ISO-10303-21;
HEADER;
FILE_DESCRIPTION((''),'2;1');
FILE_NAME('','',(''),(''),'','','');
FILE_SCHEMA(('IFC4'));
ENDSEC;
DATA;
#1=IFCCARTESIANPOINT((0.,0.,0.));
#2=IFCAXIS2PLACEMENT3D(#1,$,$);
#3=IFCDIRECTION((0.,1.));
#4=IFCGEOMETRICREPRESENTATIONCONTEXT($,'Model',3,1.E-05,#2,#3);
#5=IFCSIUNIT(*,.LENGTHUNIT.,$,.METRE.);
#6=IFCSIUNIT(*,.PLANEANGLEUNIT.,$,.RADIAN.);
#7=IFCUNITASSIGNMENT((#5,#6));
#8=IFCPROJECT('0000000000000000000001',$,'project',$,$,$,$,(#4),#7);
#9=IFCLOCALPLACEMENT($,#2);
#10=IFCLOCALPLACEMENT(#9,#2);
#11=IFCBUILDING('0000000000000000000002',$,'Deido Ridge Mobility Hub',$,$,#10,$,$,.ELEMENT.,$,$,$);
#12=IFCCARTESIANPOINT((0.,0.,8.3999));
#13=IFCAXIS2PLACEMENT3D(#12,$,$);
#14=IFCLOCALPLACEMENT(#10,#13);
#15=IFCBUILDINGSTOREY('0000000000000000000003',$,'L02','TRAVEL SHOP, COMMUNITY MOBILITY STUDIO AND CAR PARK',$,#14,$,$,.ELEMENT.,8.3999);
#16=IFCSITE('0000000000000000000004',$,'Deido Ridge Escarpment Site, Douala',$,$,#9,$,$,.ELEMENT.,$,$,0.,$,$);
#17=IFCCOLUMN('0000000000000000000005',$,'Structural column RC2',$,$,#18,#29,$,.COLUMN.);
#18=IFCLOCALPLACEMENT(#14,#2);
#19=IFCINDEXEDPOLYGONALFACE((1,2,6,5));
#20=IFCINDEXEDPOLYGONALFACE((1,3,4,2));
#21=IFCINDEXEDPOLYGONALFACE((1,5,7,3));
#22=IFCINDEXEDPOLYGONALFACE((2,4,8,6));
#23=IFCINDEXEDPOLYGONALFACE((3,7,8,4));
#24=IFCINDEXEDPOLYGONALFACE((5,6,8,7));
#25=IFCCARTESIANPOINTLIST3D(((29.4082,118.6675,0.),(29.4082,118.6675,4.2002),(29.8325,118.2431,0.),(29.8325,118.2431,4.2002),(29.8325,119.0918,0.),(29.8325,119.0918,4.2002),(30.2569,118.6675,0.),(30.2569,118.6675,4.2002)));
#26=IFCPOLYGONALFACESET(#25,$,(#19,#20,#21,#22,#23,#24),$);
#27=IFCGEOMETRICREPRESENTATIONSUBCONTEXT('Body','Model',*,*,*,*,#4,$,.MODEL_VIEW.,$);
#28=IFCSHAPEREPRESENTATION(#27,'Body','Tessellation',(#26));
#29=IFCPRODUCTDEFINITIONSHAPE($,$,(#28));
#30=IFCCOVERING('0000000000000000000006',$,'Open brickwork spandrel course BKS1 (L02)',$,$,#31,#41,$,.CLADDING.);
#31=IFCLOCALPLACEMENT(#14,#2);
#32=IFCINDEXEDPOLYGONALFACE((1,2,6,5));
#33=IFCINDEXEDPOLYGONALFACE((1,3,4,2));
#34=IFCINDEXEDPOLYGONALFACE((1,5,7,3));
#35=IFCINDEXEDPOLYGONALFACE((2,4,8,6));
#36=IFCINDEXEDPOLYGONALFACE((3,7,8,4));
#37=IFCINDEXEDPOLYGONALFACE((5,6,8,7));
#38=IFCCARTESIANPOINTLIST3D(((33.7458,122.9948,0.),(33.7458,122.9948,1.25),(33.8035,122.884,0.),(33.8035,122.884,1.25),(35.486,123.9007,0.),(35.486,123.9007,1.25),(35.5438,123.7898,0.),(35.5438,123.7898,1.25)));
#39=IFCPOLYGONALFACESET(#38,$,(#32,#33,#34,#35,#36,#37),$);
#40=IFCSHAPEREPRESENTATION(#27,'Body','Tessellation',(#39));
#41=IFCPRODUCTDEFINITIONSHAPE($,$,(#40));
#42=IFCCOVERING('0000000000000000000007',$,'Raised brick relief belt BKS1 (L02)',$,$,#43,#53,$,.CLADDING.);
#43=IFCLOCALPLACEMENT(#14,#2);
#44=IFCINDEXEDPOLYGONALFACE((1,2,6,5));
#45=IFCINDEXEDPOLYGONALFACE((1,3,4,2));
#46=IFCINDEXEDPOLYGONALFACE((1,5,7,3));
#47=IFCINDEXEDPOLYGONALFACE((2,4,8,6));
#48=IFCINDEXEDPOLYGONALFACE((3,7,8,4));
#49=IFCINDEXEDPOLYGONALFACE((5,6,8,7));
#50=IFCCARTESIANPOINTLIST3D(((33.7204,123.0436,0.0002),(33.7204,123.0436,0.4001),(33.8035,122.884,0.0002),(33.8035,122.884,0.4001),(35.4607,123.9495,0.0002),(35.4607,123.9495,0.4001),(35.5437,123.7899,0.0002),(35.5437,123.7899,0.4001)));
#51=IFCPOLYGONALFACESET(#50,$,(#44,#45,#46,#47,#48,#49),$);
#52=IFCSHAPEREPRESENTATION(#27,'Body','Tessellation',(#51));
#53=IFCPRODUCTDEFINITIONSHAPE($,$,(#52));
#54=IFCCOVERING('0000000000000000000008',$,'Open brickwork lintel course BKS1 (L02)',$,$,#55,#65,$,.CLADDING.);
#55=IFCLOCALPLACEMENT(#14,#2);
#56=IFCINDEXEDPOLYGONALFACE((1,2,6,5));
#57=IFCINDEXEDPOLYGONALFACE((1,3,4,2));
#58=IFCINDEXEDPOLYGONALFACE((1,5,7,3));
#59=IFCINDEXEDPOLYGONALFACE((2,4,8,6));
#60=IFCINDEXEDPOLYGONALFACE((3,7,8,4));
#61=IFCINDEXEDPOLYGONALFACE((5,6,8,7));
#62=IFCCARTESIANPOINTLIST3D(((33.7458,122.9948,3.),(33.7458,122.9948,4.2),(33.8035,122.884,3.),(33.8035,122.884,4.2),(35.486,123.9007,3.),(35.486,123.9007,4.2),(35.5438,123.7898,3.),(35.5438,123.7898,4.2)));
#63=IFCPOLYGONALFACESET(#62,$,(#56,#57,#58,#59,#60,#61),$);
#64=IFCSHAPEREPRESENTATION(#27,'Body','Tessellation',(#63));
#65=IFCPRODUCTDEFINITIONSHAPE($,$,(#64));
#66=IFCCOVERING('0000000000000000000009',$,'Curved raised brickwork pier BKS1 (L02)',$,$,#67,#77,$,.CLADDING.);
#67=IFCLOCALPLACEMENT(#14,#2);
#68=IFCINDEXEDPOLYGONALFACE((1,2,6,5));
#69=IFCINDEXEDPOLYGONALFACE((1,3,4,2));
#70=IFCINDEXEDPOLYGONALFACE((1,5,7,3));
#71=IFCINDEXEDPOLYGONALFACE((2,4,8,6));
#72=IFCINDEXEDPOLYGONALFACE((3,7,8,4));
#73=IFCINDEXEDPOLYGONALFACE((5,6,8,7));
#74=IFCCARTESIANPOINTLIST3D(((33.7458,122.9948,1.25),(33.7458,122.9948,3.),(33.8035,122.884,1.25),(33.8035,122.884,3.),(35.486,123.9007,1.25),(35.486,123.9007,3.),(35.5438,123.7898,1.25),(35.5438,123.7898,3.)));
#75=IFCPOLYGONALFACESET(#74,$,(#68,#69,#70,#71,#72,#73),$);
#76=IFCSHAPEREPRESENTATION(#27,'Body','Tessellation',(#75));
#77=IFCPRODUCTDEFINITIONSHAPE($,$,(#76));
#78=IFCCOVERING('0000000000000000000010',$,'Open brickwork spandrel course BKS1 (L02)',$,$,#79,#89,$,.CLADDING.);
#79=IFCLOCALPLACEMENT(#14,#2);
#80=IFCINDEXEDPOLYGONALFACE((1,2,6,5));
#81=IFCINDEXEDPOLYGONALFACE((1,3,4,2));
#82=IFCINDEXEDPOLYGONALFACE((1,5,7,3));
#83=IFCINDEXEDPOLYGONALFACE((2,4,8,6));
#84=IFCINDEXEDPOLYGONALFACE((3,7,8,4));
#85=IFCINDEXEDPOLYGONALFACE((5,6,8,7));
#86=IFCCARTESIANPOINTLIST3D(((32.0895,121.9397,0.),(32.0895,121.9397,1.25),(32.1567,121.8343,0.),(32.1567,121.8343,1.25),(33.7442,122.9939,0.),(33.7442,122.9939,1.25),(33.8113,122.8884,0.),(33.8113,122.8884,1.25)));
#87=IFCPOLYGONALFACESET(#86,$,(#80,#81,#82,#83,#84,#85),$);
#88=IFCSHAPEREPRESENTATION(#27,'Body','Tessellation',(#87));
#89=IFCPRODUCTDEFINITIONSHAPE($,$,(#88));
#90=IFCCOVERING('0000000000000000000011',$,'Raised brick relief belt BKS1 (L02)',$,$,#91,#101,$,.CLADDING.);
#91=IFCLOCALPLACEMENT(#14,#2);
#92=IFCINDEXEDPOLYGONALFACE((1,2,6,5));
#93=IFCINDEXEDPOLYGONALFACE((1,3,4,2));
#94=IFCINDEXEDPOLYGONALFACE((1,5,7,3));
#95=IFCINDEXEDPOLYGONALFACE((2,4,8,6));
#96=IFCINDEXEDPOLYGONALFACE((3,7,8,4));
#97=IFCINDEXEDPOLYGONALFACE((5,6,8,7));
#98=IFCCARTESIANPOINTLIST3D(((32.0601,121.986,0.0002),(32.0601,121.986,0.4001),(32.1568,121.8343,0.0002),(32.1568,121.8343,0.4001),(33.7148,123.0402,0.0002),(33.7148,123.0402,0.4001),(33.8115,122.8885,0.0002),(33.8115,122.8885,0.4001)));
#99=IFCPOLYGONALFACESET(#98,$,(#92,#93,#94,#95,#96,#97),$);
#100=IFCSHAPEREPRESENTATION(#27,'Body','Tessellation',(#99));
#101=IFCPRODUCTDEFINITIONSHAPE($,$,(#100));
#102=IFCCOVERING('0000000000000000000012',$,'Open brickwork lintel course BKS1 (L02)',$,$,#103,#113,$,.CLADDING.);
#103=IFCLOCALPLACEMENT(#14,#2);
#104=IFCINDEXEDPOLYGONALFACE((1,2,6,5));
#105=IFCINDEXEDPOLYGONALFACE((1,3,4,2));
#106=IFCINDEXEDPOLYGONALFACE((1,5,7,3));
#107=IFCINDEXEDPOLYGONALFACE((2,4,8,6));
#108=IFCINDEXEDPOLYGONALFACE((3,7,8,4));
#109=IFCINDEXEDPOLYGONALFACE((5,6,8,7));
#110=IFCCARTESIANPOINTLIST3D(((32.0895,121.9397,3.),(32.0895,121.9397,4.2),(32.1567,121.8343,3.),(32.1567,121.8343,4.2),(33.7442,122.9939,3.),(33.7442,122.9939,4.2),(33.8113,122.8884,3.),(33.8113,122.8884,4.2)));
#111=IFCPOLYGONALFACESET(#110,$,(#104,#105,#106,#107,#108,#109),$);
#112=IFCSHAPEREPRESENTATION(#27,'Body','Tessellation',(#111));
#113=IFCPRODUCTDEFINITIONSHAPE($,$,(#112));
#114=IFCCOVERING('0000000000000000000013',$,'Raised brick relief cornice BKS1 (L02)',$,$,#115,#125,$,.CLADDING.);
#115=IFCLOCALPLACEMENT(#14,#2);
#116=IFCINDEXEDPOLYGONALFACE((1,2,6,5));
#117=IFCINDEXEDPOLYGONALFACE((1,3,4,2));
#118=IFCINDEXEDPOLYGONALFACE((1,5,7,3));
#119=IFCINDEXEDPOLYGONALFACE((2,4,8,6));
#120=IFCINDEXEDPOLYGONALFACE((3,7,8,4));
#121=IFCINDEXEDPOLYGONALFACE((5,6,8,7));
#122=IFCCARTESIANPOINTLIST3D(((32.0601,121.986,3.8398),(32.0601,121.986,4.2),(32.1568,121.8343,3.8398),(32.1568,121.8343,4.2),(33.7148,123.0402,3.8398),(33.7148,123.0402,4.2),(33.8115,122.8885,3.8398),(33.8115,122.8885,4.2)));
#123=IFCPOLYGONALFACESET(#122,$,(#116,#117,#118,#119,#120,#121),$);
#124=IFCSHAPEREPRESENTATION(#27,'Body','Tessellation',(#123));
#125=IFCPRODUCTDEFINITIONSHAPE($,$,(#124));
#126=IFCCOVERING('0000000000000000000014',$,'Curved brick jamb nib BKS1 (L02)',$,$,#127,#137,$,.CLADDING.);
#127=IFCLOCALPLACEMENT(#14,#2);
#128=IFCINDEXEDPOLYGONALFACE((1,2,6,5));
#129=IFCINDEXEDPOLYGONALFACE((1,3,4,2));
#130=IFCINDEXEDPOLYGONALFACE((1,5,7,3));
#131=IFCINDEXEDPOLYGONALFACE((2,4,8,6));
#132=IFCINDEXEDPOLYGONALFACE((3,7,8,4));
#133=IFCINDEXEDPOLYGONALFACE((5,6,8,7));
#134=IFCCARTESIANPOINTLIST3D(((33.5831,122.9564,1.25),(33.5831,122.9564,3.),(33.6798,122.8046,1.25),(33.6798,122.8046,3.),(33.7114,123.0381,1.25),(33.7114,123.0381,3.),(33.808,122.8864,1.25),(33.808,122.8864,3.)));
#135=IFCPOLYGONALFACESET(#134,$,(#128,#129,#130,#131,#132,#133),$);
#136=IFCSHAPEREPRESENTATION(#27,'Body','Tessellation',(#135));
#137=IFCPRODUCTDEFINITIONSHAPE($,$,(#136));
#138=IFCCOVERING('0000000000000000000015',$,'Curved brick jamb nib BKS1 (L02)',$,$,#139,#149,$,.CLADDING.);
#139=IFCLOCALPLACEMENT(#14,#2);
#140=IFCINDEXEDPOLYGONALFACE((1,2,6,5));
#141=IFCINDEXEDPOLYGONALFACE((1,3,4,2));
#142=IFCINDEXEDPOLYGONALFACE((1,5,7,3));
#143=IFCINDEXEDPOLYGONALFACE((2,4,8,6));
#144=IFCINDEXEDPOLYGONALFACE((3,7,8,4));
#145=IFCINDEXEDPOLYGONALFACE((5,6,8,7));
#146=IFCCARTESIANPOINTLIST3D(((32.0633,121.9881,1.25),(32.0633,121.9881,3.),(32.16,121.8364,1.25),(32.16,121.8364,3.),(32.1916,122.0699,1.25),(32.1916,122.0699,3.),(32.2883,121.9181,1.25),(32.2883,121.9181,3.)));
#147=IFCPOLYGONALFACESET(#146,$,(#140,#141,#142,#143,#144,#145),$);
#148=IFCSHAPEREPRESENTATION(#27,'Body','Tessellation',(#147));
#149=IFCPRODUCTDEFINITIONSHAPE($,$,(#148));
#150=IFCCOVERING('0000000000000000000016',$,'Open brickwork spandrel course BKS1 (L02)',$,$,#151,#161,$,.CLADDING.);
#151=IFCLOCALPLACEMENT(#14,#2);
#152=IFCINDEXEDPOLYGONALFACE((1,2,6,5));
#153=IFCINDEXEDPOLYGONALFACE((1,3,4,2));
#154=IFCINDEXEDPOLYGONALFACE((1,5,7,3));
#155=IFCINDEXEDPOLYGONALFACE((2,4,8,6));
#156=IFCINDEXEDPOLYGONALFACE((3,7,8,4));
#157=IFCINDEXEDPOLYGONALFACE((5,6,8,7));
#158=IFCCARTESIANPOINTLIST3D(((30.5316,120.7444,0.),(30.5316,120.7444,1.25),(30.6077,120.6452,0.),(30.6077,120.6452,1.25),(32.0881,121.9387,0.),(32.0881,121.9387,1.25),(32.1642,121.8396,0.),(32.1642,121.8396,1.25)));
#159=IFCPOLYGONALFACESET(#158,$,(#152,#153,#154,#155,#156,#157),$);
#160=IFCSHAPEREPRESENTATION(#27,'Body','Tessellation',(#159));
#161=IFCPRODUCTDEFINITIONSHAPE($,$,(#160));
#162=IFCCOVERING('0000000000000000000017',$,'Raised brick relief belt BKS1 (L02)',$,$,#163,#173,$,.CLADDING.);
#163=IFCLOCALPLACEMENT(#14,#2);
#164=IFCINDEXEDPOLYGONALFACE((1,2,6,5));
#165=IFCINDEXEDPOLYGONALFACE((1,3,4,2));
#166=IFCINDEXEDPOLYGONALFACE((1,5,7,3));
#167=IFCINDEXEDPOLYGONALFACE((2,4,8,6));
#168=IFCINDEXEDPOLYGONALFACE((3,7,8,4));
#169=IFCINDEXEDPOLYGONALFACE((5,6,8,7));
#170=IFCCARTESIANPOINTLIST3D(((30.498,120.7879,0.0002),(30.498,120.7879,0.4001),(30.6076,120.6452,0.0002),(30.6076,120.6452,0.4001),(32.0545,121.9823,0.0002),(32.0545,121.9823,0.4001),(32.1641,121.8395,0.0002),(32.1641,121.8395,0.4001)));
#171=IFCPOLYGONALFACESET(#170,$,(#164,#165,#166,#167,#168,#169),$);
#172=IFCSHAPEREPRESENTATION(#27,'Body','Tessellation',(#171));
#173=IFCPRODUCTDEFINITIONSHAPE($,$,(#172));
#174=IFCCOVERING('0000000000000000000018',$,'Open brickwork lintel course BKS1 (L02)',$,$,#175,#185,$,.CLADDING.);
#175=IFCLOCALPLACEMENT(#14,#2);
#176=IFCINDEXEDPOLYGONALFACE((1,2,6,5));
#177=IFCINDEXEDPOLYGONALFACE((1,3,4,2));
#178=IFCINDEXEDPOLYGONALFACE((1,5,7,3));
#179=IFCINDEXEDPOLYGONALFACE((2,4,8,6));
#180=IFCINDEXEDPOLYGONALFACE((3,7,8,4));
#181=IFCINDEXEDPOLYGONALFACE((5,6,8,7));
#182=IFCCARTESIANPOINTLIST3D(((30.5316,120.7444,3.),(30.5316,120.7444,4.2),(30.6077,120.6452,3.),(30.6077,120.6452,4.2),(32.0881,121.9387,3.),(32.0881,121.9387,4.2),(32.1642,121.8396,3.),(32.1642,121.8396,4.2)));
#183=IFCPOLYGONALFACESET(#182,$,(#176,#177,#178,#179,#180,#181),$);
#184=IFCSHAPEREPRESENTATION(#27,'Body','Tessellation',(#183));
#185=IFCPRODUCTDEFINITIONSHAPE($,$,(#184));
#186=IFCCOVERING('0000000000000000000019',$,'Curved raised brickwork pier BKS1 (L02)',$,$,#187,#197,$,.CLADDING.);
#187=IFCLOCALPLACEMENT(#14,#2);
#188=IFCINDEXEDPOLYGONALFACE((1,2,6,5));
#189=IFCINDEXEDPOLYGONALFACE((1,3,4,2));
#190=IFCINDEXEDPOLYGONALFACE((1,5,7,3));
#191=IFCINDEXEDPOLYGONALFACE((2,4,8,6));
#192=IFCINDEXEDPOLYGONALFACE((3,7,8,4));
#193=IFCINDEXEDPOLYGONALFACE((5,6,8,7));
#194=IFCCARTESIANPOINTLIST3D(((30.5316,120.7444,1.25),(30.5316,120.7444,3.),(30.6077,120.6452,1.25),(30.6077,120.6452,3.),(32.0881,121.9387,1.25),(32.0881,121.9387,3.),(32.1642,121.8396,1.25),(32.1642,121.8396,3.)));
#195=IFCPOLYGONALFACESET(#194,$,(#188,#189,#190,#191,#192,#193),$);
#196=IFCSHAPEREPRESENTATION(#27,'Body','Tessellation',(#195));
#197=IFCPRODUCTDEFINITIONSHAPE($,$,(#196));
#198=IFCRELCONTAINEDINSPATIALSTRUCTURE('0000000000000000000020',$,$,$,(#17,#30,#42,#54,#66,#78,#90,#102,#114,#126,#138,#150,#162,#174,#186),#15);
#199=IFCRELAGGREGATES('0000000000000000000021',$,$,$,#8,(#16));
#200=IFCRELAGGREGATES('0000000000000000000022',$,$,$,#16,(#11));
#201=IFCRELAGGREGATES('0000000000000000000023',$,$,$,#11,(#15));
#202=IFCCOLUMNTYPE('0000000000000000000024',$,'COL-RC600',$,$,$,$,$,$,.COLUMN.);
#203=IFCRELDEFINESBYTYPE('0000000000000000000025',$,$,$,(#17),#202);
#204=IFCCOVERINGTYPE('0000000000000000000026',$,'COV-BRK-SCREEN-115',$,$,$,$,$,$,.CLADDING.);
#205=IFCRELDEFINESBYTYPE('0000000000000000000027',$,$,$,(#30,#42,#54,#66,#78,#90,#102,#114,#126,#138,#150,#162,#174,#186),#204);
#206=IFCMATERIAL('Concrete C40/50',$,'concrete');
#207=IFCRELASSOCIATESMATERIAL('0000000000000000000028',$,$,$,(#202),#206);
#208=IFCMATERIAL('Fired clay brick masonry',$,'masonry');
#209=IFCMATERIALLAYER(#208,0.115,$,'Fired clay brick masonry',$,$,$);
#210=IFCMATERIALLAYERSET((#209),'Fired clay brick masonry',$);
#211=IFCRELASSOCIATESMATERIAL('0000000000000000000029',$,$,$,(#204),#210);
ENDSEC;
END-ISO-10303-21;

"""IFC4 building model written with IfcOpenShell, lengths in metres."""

from ifc_helpers import new_model, si_unit, direction, frame, origin, origin_2d, place, context, subcontext, project, spatial, rectangle, extrude, material, layer, layer_set, material_profile, profile_set, type_object, element, save


model = new_model("IFC4")

# Units and contexts
model_context = context("Model", 3, precision=1e-05, world=origin(), true_north=direction((0.0, 1.0)))
body_context = subcontext(model_context, "Body", "Model", "MODEL_VIEW")
ifc_project = project(units=[si_unit("LENGTHUNIT", "METRE"), si_unit("PLANEANGLEUNIT", "RADIAN")], contexts=[model_context])

# Site, building, storey
site_placement = place(None, origin())
site = spatial("IfcSite", under=ifc_project, at=site_placement, Name="Deido Ridge Escarpment Site, Douala", CompositionType="ELEMENT", RefElevation=0.0)
building_placement = place(site_placement, origin())
building = spatial("IfcBuilding", under=site, at=building_placement, Name="Deido Ridge Mobility Hub", CompositionType="ELEMENT")
storey_placement = place(building_placement, frame((0.0, 0.0, 8.3999)))
storey = spatial("IfcBuildingStorey", under=building, at=storey_placement, Name="L02", Description="TRAVEL SHOP, COMMUNITY MOBILITY STUDIO AND CAR PARK", CompositionType="ELEMENT", Elevation=8.3999)

# Column
ifc_material_1 = material(Name="Concrete C40/50", Category="concrete")
ifc_material_profile = material_profile(ifc_material_1, rectangle(XDim=0.6001, YDim=0.6001, at=origin_2d()), Name="RC COL 600x600")
ifc_profile_set = profile_set([ifc_material_profile], Name="Concrete C40/50")
column_type = type_object("IfcColumnType", Name="COL-RC600", PredefinedType="COLUMN", material=ifc_profile_set)
column_placement = place(storey_placement, frame((29.8325, 118.6675, 0.0), z_axis=(0.0, 0.0, 1.0), x_axis=(-0.707107, 0.707107, 0.0)))
element("IfcColumn", 1, at=column_placement, inside=storey, type_object=column_type, Name="Structural column RC2", PredefinedType="COLUMN", context=body_context, shape_type="SweptSolid", body=[
    extrude(rectangle(XDim=0.6001, YDim=0.6001, at=origin_2d()), origin(), (0.0, 0.0, 1.0), 4.2002),
])

# Coverings
ifc_material_2 = material(Name="Fired clay brick masonry", Category="masonry")
ifc_layer = layer(ifc_material_2, 0.115, Name="Fired clay brick masonry")
ifc_layer_set = layer_set([ifc_layer], Name="Fired clay brick masonry")
covering_type = type_object("IfcCoveringType", Name="COV-BRK-SCREEN-115", PredefinedType="CLADDING", material=ifc_layer_set)
covering_1_placement = place(storey_placement, frame((34.6448, 123.3923, 0.0), z_axis=(0.0, 0.0, 1.0), x_axis=(-0.887019, -0.461733, 0.0)))
element("IfcCovering", 2, at=covering_1_placement, inside=storey, type_object=covering_type, Name="Open brickwork spandrel course BKS1 (L02)", PredefinedType="CLADDING", context=body_context, shape_type="SweptSolid", body=[
    extrude(rectangle(XDim=1.9619, YDim=0.125, at=origin_2d()), origin(), (0.0, 0.0, 1.0), 1.25),
])
covering_2_placement = place(storey_placement, frame((34.6321, 123.4167, 0.0002), z_axis=(0.0, 0.0, 1.0), x_axis=(-0.887019, -0.461733, 0.0)))
element("IfcCovering", 3, at=covering_2_placement, inside=storey, type_object=covering_type, Name="Raised brick relief belt BKS1 (L02)", PredefinedType="CLADDING", context=body_context, shape_type="SweptSolid", body=[
    extrude(rectangle(XDim=1.9619, YDim=0.1799, at=origin_2d()), origin(), (0.0, 0.0, 1.0), 0.3999),
])
covering_3_placement = place(storey_placement, frame((34.6448, 123.3923, 3.0), z_axis=(0.0, 0.0, 1.0), x_axis=(-0.887019, -0.461733, 0.0)))
element("IfcCovering", 4, at=covering_3_placement, inside=storey, type_object=covering_type, Name="Open brickwork lintel course BKS1 (L02)", PredefinedType="CLADDING", context=body_context, shape_type="SweptSolid", body=[
    extrude(rectangle(XDim=1.9619, YDim=0.125, at=origin_2d()), origin(), (0.0, 0.0, 1.0), 1.2),
])
covering_4_placement = place(storey_placement, frame((34.6448, 123.3923, 1.25), z_axis=(0.0, 0.0, 1.0), x_axis=(-0.887019, -0.461733, 0.0)))
element("IfcCovering", 5, at=covering_4_placement, inside=storey, type_object=covering_type, Name="Curved raised brickwork pier BKS1 (L02)", PredefinedType="CLADDING", context=body_context, shape_type="SweptSolid", body=[
    extrude(rectangle(XDim=1.9619, YDim=0.125, at=origin_2d()), origin(), (0.0, 0.0, 1.0), 1.75),
])
covering_5_placement = place(storey_placement, frame((32.9504, 122.4141, 0.0), z_axis=(0.0, 0.0, 1.0), x_axis=(-0.843382, -0.537314, 0.0)))
element("IfcCovering", 6, at=covering_5_placement, inside=storey, type_object=covering_type, Name="Open brickwork spandrel course BKS1 (L02)", PredefinedType="CLADDING", context=body_context, shape_type="SweptSolid", body=[
    extrude(rectangle(XDim=1.9619, YDim=0.125, at=origin_2d()), origin(), (0.0, 0.0, 1.0), 1.25),
])
covering_6_placement = place(storey_placement, frame((32.9358, 122.4373, 0.0002), z_axis=(0.0, 0.0, 1.0), x_axis=(-0.843382, -0.537314, 0.0)))
element("IfcCovering", 7, at=covering_6_placement, inside=storey, type_object=covering_type, Name="Raised brick relief belt BKS1 (L02)", PredefinedType="CLADDING", context=body_context, shape_type="SweptSolid", body=[
    extrude(rectangle(XDim=1.9619, YDim=0.1799, at=origin_2d()), origin(), (0.0, 0.0, 1.0), 0.3999),
])
covering_7_placement = place(storey_placement, frame((32.9504, 122.4141, 3.0), z_axis=(0.0, 0.0, 1.0), x_axis=(-0.843382, -0.537314, 0.0)))
element("IfcCovering", 8, at=covering_7_placement, inside=storey, type_object=covering_type, Name="Open brickwork lintel course BKS1 (L02)", PredefinedType="CLADDING", context=body_context, shape_type="SweptSolid", body=[
    extrude(rectangle(XDim=1.9619, YDim=0.125, at=origin_2d()), origin(), (0.0, 0.0, 1.0), 1.2),
])
covering_8_placement = place(storey_placement, frame((32.9358, 122.4373, 3.8398), z_axis=(0.0, 0.0, 1.0), x_axis=(-0.843382, -0.537314, 0.0)))
element("IfcCovering", 9, at=covering_8_placement, inside=storey, type_object=covering_type, Name="Raised brick relief cornice BKS1 (L02)", PredefinedType="CLADDING", context=body_context, shape_type="SweptSolid", body=[
    extrude(rectangle(XDim=1.9619, YDim=0.1799, at=origin_2d()), origin(), (0.0, 0.0, 1.0), 0.3601),
])
for number, where, z_axis, x_axis, name in (
    (10, (33.6956, 122.9214, 1.25), (0.0, 0.0, 1.0), (-0.843382, -0.537314, 0.0), "Curved brick jamb nib BKS1 (L02)"),
    (11, (32.1758, 121.9531, 1.25), (0.0, 0.0, 1.0), (-0.843382, -0.537314, 0.0), "Curved brick jamb nib BKS1 (L02)"),
):
    element("IfcCovering", number, at=place(storey_placement, frame(where, z_axis=z_axis, x_axis=x_axis)), inside=storey, type_object=covering_type, Name=name, PredefinedType="CLADDING", context=body_context, shape_type="SweptSolid", body=[
        extrude(rectangle(XDim=0.1521, YDim=0.1799, at=origin_2d()), origin(), (0.0, 0.0, 1.0), 1.75),
    ])
covering_9_placement = place(storey_placement, frame((31.3479, 121.292, 0.0), z_axis=(0.0, 0.0, 1.0), x_axis=(-0.793353, -0.608761, 0.0)))
element("IfcCovering", 12, at=covering_9_placement, inside=storey, type_object=covering_type, Name="Open brickwork spandrel course BKS1 (L02)", PredefinedType="CLADDING", context=body_context, shape_type="SweptSolid", body=[
    extrude(rectangle(XDim=1.9619, YDim=0.125, at=origin_2d()), origin(), (0.0, 0.0, 1.0), 1.25),
])
covering_10_placement = place(storey_placement, frame((31.3311, 121.3137, 0.0002), z_axis=(0.0, 0.0, 1.0), x_axis=(-0.793353, -0.608761, 0.0)))
element("IfcCovering", 13, at=covering_10_placement, inside=storey, type_object=covering_type, Name="Raised brick relief belt BKS1 (L02)", PredefinedType="CLADDING", context=body_context, shape_type="SweptSolid", body=[
    extrude(rectangle(XDim=1.9619, YDim=0.1799, at=origin_2d()), origin(), (0.0, 0.0, 1.0), 0.3999),
])
covering_11_placement = place(storey_placement, frame((31.3479, 121.292, 3.0), z_axis=(0.0, 0.0, 1.0), x_axis=(-0.793353, -0.608761, 0.0)))
element("IfcCovering", 14, at=covering_11_placement, inside=storey, type_object=covering_type, Name="Open brickwork lintel course BKS1 (L02)", PredefinedType="CLADDING", context=body_context, shape_type="SweptSolid", body=[
    extrude(rectangle(XDim=1.9619, YDim=0.125, at=origin_2d()), origin(), (0.0, 0.0, 1.0), 1.2),
])
covering_12_placement = place(storey_placement, frame((31.3479, 121.292, 1.25), z_axis=(0.0, 0.0, 1.0), x_axis=(-0.793353, -0.608761, 0.0)))
element("IfcCovering", 15, at=covering_12_placement, inside=storey, type_object=covering_type, Name="Curved raised brickwork pier BKS1 (L02)", PredefinedType="CLADDING", context=body_context, shape_type="SweptSolid", body=[
    extrude(rectangle(XDim=1.9619, YDim=0.125, at=origin_2d()), origin(), (0.0, 0.0, 1.0), 1.75),
])

save(model, "model.ifc")
